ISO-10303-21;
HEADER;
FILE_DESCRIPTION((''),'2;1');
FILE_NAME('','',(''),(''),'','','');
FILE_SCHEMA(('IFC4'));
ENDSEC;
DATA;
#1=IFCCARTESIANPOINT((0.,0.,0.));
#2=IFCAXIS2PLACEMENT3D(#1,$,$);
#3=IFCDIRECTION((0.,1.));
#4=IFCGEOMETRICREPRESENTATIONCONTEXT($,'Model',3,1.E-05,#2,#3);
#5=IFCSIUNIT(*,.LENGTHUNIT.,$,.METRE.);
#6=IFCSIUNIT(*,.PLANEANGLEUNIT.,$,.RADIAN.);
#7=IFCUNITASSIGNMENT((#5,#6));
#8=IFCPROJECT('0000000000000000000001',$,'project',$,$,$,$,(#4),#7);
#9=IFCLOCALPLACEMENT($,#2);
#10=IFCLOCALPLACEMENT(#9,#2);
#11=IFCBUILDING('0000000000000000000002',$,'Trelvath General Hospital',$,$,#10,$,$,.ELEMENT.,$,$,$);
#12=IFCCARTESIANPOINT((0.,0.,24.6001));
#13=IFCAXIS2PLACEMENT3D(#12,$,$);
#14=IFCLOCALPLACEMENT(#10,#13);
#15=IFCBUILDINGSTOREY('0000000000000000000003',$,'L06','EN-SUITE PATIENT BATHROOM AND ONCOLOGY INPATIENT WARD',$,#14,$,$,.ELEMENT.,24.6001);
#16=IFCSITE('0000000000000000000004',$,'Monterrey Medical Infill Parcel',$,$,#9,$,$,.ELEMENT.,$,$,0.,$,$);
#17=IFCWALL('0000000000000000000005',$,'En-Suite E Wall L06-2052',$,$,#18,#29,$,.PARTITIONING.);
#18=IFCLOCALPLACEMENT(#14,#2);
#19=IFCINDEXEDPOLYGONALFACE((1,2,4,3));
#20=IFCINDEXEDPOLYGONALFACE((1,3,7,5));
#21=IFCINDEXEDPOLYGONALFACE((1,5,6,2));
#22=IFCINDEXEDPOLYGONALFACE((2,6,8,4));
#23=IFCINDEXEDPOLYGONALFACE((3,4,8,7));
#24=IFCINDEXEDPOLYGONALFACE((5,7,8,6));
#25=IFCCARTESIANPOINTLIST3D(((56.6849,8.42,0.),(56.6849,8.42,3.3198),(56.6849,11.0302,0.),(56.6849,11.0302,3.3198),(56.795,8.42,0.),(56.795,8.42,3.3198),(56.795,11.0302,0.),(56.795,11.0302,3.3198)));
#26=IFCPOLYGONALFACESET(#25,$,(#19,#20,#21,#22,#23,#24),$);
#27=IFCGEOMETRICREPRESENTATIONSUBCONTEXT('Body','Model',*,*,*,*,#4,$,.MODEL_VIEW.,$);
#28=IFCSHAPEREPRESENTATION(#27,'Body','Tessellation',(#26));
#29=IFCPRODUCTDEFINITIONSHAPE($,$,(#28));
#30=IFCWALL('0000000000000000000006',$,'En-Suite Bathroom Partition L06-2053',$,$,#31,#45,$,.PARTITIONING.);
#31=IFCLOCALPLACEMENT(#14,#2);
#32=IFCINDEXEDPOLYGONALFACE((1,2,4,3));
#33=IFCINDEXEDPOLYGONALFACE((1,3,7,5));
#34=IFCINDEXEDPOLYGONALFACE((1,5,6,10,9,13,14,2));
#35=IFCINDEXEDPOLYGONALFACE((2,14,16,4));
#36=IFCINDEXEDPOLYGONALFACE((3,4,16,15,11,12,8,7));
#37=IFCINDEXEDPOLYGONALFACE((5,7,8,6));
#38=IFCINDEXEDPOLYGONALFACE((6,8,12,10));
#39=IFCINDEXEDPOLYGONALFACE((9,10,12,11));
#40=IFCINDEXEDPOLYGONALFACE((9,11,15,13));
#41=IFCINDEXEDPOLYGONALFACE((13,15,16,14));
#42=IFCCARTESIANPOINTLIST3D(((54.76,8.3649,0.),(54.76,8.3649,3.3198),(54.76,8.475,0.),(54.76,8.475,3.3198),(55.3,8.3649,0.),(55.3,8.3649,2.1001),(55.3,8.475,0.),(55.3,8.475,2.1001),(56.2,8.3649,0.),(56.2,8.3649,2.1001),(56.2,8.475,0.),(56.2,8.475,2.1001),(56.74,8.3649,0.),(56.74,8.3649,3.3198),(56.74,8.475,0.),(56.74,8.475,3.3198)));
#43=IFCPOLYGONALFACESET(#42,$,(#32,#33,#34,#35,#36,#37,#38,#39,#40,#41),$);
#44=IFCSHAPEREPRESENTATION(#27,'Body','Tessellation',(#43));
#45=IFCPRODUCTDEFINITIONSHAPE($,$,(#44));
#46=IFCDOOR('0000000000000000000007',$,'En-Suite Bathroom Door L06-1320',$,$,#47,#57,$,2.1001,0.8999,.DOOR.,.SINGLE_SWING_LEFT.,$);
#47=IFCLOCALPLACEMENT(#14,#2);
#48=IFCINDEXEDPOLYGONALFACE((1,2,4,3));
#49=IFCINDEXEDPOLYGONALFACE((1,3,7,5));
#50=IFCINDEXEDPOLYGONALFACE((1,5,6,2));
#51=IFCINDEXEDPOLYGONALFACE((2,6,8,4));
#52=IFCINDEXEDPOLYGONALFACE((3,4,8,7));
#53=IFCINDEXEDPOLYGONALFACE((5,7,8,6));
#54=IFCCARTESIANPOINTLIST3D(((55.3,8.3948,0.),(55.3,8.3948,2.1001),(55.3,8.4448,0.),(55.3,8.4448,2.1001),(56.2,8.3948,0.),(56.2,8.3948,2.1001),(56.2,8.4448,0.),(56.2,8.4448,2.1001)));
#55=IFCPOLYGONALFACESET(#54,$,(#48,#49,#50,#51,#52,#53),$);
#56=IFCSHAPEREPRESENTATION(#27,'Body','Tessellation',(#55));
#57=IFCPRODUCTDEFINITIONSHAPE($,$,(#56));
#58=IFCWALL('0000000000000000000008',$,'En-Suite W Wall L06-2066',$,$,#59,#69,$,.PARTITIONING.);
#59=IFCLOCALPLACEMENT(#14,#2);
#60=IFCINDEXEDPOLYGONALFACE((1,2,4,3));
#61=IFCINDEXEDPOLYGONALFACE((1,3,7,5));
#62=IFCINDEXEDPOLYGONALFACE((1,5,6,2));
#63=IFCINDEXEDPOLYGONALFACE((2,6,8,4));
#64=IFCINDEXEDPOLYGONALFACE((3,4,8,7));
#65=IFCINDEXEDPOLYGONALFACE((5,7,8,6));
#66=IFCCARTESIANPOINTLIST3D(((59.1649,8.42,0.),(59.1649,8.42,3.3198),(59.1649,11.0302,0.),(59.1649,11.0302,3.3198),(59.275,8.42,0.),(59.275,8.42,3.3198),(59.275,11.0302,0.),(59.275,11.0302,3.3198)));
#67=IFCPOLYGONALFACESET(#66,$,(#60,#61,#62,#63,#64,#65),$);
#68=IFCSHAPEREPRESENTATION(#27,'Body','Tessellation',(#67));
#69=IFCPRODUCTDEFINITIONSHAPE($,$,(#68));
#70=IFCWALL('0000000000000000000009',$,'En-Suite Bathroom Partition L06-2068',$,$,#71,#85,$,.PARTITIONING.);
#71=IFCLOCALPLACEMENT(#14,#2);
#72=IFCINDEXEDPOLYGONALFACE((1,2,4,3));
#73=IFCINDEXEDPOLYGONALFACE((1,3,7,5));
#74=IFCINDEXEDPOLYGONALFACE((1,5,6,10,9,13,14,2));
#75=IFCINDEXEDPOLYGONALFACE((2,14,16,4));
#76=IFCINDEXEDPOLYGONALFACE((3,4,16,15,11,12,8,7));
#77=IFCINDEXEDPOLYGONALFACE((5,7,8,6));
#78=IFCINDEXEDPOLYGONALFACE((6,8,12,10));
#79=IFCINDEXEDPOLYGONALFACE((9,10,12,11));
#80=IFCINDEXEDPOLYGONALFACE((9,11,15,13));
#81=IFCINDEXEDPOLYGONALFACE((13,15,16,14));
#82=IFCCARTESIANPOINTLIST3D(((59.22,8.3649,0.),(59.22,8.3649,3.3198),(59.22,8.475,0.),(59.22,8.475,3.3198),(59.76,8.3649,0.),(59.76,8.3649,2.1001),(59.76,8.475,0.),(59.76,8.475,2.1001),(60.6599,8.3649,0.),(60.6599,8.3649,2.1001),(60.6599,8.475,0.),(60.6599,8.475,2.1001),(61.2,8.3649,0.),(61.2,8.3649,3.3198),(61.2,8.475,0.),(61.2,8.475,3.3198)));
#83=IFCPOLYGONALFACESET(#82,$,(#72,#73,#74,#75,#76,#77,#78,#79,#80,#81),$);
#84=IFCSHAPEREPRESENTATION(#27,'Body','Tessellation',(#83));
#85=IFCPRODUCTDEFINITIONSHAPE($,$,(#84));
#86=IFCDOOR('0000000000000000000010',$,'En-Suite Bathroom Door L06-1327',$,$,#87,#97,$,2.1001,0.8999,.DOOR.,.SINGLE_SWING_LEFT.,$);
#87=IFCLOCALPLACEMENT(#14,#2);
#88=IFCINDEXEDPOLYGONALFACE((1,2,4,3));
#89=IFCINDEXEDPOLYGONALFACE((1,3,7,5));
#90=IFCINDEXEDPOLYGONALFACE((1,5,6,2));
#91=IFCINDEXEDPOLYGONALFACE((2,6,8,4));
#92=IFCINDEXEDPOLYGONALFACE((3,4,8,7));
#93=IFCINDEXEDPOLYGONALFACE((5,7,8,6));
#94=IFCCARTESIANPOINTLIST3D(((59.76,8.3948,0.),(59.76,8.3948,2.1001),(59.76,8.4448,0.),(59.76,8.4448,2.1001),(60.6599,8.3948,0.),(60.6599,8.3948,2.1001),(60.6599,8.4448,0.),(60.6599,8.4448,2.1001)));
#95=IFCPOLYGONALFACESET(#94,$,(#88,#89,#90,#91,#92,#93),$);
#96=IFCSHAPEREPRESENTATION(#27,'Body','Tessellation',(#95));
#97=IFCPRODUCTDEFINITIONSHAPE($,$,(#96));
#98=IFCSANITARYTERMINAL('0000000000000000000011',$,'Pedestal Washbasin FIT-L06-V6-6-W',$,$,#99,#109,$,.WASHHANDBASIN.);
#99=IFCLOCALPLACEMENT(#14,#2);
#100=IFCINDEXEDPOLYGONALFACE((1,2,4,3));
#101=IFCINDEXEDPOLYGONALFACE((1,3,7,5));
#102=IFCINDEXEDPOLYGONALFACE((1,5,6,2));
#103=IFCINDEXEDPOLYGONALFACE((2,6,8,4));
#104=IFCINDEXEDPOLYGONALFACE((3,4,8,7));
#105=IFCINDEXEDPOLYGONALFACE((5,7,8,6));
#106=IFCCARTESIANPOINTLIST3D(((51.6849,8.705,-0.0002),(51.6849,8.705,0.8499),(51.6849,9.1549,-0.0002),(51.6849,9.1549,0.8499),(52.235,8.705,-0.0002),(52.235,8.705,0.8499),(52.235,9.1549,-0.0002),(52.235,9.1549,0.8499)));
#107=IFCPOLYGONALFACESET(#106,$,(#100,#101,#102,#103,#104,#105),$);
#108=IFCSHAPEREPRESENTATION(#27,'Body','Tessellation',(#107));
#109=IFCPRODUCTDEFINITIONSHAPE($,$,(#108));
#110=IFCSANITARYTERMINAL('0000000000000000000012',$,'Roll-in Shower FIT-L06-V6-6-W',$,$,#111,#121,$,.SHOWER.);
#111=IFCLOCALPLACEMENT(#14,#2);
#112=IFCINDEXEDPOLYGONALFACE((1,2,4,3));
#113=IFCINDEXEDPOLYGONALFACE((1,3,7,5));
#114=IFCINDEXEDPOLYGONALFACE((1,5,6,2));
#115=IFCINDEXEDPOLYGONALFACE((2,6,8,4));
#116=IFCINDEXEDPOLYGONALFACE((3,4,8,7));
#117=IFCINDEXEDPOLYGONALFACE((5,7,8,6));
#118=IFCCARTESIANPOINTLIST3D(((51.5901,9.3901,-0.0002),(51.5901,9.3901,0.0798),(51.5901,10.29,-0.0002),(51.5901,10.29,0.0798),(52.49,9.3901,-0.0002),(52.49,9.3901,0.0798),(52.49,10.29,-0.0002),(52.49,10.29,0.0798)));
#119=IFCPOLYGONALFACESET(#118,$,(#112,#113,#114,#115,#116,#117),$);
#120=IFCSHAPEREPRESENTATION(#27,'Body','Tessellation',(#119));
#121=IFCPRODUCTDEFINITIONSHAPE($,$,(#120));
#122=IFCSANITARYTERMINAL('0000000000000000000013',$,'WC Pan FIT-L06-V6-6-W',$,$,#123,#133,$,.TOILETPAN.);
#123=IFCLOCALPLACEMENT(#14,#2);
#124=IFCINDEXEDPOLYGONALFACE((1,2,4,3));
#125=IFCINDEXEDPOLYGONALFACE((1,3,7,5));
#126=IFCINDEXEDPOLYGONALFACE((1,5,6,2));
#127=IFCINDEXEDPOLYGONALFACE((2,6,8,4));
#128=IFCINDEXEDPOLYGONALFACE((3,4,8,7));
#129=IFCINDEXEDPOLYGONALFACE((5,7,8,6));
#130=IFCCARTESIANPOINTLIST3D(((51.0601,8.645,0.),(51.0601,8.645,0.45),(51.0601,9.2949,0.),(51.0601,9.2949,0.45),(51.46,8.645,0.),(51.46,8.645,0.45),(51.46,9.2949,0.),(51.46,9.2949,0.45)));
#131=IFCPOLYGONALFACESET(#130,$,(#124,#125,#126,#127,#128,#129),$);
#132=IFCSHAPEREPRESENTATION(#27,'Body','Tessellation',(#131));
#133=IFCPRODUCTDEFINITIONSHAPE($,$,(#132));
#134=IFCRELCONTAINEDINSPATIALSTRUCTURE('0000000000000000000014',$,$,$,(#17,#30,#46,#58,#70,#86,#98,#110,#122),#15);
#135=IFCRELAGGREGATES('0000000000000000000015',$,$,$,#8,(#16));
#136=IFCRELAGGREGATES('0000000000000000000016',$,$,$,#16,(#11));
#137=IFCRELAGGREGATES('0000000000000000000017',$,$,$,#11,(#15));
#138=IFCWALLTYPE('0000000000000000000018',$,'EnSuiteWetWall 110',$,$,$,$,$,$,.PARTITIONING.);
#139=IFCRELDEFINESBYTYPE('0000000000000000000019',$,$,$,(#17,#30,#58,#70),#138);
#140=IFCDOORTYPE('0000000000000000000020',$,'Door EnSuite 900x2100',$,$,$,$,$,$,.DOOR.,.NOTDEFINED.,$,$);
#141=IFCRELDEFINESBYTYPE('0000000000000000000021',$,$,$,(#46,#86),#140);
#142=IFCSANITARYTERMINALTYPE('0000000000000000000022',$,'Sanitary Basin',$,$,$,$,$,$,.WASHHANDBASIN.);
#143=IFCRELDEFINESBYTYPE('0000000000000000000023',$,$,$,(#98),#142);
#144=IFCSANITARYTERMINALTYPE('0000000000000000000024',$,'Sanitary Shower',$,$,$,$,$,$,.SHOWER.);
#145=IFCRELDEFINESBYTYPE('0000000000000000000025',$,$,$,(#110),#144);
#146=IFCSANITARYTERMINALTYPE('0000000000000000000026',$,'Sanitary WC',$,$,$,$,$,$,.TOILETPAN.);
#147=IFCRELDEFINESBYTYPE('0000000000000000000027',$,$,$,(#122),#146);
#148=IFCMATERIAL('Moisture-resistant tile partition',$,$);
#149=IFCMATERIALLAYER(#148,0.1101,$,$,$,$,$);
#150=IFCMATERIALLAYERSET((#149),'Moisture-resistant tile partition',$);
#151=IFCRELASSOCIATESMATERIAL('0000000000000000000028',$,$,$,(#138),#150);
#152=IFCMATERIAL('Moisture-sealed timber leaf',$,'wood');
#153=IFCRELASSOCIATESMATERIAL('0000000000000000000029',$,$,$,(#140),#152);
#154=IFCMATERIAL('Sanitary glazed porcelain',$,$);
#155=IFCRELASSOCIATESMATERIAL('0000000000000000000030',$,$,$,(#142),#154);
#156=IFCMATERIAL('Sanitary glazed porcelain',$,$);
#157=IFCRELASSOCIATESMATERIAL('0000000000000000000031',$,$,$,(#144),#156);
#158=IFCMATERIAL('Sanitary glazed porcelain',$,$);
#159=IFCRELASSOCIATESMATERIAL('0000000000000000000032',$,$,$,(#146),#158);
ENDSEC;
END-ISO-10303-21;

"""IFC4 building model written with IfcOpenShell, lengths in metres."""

from ifc_helpers import new_model, si_unit, direction, frame, frame_2d, origin, origin_2d, place, context, subcontext, project, spatial, rectangle, extrude, material, layer, layer_set, type_object, element, fill, save


model = new_model("IFC4")

# Units and contexts
model_context = context("Model", 3, precision=1e-05, world=origin(), true_north=direction((0.0, 1.0)))
body_context = subcontext(model_context, "Body", "Model", "MODEL_VIEW")
ifc_project = project(units=[si_unit("LENGTHUNIT", "METRE"), si_unit("PLANEANGLEUNIT", "RADIAN")], contexts=[model_context])

# Site, building, storey
site_placement = place(None, origin())
site = spatial("IfcSite", under=ifc_project, at=site_placement, Name="Monterrey Medical Infill Parcel", CompositionType="ELEMENT", RefElevation=0.0)
building_placement = place(site_placement, origin())
building = spatial("IfcBuilding", under=site, at=building_placement, Name="Trelvath General Hospital", CompositionType="ELEMENT")
storey_placement = place(building_placement, frame((0.0, 0.0, 24.6001)))
storey = spatial("IfcBuildingStorey", under=building, at=storey_placement, Name="L06", Description="EN-SUITE PATIENT BATHROOM AND ONCOLOGY INPATIENT WARD", CompositionType="ELEMENT", Elevation=24.6001)

# Wall
ifc_material_1 = material(Name="Moisture-resistant tile partition")
ifc_layer_1 = layer(ifc_material_1, 0.1101)
ifc_layer_set_1 = layer_set([ifc_layer_1], Name="Moisture-resistant tile partition")
wall_type_1 = type_object("IfcWallType", Name="EnSuiteWetWall 110", PredefinedType="PARTITIONING", material=ifc_layer_set_1)
wall_1_placement = place(storey_placement, frame((56.74, 8.4199, 0.0), z_axis=(0.0, 0.0, 1.0), x_axis=(0.0, 1.0, 0.0)))
element("IfcWall", 1, at=wall_1_placement, inside=storey, type_object=wall_type_1, Name="En-Suite E Wall L06-2052", PredefinedType="PARTITIONING", context=body_context, shape_type="SweptSolid", body=[
    extrude(rectangle(XDim=2.6101, YDim=0.1101, at=frame_2d((1.3052, 0.0))), origin(), (0.0, 0.0, 1.0), 3.3198),
])

# Wall, opening, door
wall_2_placement = place(storey_placement, frame((54.76, 8.4199, 0.0), z_axis=(0.0, 0.0, 1.0), x_axis=(1.0, 0.0, 0.0)))
wall_2 = element("IfcWall", 2, at=wall_2_placement, inside=storey, type_object=wall_type_1, Name="En-Suite Bathroom Partition L06-2053", PredefinedType="PARTITIONING", context=body_context, shape_type="SweptSolid", body=[
    extrude(rectangle(XDim=1.98, YDim=0.1101, at=frame_2d((0.99, 0.0))), origin(), (0.0, 0.0, 1.0), 3.3198),
])
opening_1_placement = place(wall_2_placement, frame((0.54, 0.0, 0.0)))
opening_1 = element("IfcOpeningElement", 3, at=opening_1_placement, cuts=wall_2, PredefinedType="OPENING", context=body_context, shape_type="SweptSolid", body=[
    extrude(rectangle(XDim=0.8999, YDim=2.1001, at=frame_2d((0.45, 1.05))), frame((0.0, 0.0649, 0.0), z_axis=(0.0, -1.0, 0.0), x_axis=(1.0, 0.0, 0.0)), (0.0, 0.0, 1.0), 0.1301),
])
ifc_material_2 = material(Name="Moisture-sealed timber leaf", Category="wood")
door_type_1 = type_object("IfcDoorType", Name="Door EnSuite 900x2100", OperationType="NOTDEFINED", PredefinedType="DOOR", material=ifc_material_2)
door_1_placement = place(opening_1_placement, origin())
door_1 = element("IfcDoor", 4, at=door_1_placement, inside=storey, type_object=door_type_1, Name="En-Suite Bathroom Door L06-1320", OperationType="SINGLE_SWING_LEFT", OverallHeight=2.1001, OverallWidth=0.8999, PredefinedType="DOOR", context=body_context, shape_type="SweptSolid", body=[
    extrude(rectangle(XDim=0.8999, YDim=2.1001, at=frame_2d((0.45, 1.05))), frame((0.0, 0.0249, 0.0), z_axis=(0.0, -1.0, 0.0), x_axis=(1.0, 0.0, 0.0)), (0.0, 0.0, 1.0), 0.05),
])
fill(opening_1, door_1)

# Wall
wall_3_placement = place(storey_placement, frame((59.22, 8.4199, 0.0), z_axis=(0.0, 0.0, 1.0), x_axis=(0.0, 1.0, 0.0)))
element("IfcWall", 5, at=wall_3_placement, inside=storey, type_object=wall_type_1, Name="En-Suite W Wall L06-2066", PredefinedType="PARTITIONING", context=body_context, shape_type="SweptSolid", body=[
    extrude(rectangle(XDim=2.6101, YDim=0.1101, at=frame_2d((1.3052, 0.0))), origin(), (0.0, 0.0, 1.0), 3.3198),
])

# Wall, opening, door
wall_4_placement = place(storey_placement, frame((59.22, 8.4199, 0.0), z_axis=(0.0, 0.0, 1.0), x_axis=(1.0, 0.0, 0.0)))
wall_4 = element("IfcWall", 6, at=wall_4_placement, inside=storey, type_object=wall_type_1, Name="En-Suite Bathroom Partition L06-2068", PredefinedType="PARTITIONING", context=body_context, shape_type="SweptSolid", body=[
    extrude(rectangle(XDim=1.98, YDim=0.1101, at=frame_2d((0.99, 0.0))), origin(), (0.0, 0.0, 1.0), 3.3198),
])
opening_2_placement = place(wall_4_placement, frame((0.54, 0.0, 0.0)))
opening_2 = element("IfcOpeningElement", 7, at=opening_2_placement, cuts=wall_4, PredefinedType="OPENING", context=body_context, shape_type="SweptSolid", body=[
    extrude(rectangle(XDim=0.8999, YDim=2.1001, at=frame_2d((0.45, 1.05))), frame((0.0, 0.0649, 0.0), z_axis=(0.0, -1.0, 0.0), x_axis=(1.0, 0.0, 0.0)), (0.0, 0.0, 1.0), 0.1301),
])
door_2_placement = place(opening_2_placement, origin())
door_2 = element("IfcDoor", 8, at=door_2_placement, inside=storey, type_object=door_type_1, Name="En-Suite Bathroom Door L06-1327", OperationType="SINGLE_SWING_LEFT", OverallHeight=2.1001, OverallWidth=0.8999, PredefinedType="DOOR", context=body_context, shape_type="SweptSolid", body=[
    extrude(rectangle(XDim=0.8999, YDim=2.1001, at=frame_2d((0.45, 1.05))), frame((0.0, 0.0249, 0.0), z_axis=(0.0, -1.0, 0.0), x_axis=(1.0, 0.0, 0.0)), (0.0, 0.0, 1.0), 0.05),
])
fill(opening_2, door_2)

# Sanitary terminals
ifc_material_3 = material(Name="Sanitary glazed porcelain")
sanitary_terminal_type_1 = type_object("IfcSanitaryTerminalType", Name="Sanitary Basin", PredefinedType="WASHHANDBASIN", material=ifc_material_3)
sanitary_terminal_1_placement = place(storey_placement, frame((51.96, 8.9299, -0.0002), z_axis=(0.0, 0.0, 1.0), x_axis=(1.0, 0.0, 0.0)))
element("IfcSanitaryTerminal", 9, at=sanitary_terminal_1_placement, inside=storey, type_object=sanitary_terminal_type_1, Name="Pedestal Washbasin FIT-L06-V6-6-W", PredefinedType="WASHHANDBASIN", context=body_context, shape_type="SweptSolid", body=[
    extrude(rectangle(XDim=0.55, YDim=0.45, at=origin_2d()), origin(), (0.0, 0.0, 1.0), 0.8501),
])
ifc_material_4 = material(Name="Sanitary glazed porcelain")
sanitary_terminal_type_2 = type_object("IfcSanitaryTerminalType", Name="Sanitary Shower", PredefinedType="SHOWER", material=ifc_material_4)
sanitary_terminal_2_placement = place(storey_placement, frame((52.04, 9.8401, -0.0002), z_axis=(0.0, 0.0, 1.0), x_axis=(1.0, 0.0, 0.0)))
element("IfcSanitaryTerminal", 10, at=sanitary_terminal_2_placement, inside=storey, type_object=sanitary_terminal_type_2, Name="Roll-in Shower FIT-L06-V6-6-W", PredefinedType="SHOWER", context=body_context, shape_type="SweptSolid", body=[
    extrude(rectangle(XDim=0.8999, YDim=0.8999, at=origin_2d()), origin(), (0.0, 0.0, 1.0), 0.0801),
])
ifc_material_5 = material(Name="Sanitary glazed porcelain")
sanitary_terminal_type_3 = type_object("IfcSanitaryTerminalType", Name="Sanitary WC", PredefinedType="TOILETPAN", material=ifc_material_5)
sanitary_terminal_3_placement = place(storey_placement, frame((51.26, 8.97, 0.0), z_axis=(0.0, 0.0, 1.0), x_axis=(1.0, 0.0, 0.0)))
element("IfcSanitaryTerminal", 11, at=sanitary_terminal_3_placement, inside=storey, type_object=sanitary_terminal_type_3, Name="WC Pan FIT-L06-V6-6-W", PredefinedType="TOILETPAN", context=body_context, shape_type="SweptSolid", body=[
    extrude(rectangle(XDim=0.3999, YDim=0.6499, at=origin_2d()), origin(), (0.0, 0.0, 1.0), 0.45),
])

save(model, "model.ifc")
